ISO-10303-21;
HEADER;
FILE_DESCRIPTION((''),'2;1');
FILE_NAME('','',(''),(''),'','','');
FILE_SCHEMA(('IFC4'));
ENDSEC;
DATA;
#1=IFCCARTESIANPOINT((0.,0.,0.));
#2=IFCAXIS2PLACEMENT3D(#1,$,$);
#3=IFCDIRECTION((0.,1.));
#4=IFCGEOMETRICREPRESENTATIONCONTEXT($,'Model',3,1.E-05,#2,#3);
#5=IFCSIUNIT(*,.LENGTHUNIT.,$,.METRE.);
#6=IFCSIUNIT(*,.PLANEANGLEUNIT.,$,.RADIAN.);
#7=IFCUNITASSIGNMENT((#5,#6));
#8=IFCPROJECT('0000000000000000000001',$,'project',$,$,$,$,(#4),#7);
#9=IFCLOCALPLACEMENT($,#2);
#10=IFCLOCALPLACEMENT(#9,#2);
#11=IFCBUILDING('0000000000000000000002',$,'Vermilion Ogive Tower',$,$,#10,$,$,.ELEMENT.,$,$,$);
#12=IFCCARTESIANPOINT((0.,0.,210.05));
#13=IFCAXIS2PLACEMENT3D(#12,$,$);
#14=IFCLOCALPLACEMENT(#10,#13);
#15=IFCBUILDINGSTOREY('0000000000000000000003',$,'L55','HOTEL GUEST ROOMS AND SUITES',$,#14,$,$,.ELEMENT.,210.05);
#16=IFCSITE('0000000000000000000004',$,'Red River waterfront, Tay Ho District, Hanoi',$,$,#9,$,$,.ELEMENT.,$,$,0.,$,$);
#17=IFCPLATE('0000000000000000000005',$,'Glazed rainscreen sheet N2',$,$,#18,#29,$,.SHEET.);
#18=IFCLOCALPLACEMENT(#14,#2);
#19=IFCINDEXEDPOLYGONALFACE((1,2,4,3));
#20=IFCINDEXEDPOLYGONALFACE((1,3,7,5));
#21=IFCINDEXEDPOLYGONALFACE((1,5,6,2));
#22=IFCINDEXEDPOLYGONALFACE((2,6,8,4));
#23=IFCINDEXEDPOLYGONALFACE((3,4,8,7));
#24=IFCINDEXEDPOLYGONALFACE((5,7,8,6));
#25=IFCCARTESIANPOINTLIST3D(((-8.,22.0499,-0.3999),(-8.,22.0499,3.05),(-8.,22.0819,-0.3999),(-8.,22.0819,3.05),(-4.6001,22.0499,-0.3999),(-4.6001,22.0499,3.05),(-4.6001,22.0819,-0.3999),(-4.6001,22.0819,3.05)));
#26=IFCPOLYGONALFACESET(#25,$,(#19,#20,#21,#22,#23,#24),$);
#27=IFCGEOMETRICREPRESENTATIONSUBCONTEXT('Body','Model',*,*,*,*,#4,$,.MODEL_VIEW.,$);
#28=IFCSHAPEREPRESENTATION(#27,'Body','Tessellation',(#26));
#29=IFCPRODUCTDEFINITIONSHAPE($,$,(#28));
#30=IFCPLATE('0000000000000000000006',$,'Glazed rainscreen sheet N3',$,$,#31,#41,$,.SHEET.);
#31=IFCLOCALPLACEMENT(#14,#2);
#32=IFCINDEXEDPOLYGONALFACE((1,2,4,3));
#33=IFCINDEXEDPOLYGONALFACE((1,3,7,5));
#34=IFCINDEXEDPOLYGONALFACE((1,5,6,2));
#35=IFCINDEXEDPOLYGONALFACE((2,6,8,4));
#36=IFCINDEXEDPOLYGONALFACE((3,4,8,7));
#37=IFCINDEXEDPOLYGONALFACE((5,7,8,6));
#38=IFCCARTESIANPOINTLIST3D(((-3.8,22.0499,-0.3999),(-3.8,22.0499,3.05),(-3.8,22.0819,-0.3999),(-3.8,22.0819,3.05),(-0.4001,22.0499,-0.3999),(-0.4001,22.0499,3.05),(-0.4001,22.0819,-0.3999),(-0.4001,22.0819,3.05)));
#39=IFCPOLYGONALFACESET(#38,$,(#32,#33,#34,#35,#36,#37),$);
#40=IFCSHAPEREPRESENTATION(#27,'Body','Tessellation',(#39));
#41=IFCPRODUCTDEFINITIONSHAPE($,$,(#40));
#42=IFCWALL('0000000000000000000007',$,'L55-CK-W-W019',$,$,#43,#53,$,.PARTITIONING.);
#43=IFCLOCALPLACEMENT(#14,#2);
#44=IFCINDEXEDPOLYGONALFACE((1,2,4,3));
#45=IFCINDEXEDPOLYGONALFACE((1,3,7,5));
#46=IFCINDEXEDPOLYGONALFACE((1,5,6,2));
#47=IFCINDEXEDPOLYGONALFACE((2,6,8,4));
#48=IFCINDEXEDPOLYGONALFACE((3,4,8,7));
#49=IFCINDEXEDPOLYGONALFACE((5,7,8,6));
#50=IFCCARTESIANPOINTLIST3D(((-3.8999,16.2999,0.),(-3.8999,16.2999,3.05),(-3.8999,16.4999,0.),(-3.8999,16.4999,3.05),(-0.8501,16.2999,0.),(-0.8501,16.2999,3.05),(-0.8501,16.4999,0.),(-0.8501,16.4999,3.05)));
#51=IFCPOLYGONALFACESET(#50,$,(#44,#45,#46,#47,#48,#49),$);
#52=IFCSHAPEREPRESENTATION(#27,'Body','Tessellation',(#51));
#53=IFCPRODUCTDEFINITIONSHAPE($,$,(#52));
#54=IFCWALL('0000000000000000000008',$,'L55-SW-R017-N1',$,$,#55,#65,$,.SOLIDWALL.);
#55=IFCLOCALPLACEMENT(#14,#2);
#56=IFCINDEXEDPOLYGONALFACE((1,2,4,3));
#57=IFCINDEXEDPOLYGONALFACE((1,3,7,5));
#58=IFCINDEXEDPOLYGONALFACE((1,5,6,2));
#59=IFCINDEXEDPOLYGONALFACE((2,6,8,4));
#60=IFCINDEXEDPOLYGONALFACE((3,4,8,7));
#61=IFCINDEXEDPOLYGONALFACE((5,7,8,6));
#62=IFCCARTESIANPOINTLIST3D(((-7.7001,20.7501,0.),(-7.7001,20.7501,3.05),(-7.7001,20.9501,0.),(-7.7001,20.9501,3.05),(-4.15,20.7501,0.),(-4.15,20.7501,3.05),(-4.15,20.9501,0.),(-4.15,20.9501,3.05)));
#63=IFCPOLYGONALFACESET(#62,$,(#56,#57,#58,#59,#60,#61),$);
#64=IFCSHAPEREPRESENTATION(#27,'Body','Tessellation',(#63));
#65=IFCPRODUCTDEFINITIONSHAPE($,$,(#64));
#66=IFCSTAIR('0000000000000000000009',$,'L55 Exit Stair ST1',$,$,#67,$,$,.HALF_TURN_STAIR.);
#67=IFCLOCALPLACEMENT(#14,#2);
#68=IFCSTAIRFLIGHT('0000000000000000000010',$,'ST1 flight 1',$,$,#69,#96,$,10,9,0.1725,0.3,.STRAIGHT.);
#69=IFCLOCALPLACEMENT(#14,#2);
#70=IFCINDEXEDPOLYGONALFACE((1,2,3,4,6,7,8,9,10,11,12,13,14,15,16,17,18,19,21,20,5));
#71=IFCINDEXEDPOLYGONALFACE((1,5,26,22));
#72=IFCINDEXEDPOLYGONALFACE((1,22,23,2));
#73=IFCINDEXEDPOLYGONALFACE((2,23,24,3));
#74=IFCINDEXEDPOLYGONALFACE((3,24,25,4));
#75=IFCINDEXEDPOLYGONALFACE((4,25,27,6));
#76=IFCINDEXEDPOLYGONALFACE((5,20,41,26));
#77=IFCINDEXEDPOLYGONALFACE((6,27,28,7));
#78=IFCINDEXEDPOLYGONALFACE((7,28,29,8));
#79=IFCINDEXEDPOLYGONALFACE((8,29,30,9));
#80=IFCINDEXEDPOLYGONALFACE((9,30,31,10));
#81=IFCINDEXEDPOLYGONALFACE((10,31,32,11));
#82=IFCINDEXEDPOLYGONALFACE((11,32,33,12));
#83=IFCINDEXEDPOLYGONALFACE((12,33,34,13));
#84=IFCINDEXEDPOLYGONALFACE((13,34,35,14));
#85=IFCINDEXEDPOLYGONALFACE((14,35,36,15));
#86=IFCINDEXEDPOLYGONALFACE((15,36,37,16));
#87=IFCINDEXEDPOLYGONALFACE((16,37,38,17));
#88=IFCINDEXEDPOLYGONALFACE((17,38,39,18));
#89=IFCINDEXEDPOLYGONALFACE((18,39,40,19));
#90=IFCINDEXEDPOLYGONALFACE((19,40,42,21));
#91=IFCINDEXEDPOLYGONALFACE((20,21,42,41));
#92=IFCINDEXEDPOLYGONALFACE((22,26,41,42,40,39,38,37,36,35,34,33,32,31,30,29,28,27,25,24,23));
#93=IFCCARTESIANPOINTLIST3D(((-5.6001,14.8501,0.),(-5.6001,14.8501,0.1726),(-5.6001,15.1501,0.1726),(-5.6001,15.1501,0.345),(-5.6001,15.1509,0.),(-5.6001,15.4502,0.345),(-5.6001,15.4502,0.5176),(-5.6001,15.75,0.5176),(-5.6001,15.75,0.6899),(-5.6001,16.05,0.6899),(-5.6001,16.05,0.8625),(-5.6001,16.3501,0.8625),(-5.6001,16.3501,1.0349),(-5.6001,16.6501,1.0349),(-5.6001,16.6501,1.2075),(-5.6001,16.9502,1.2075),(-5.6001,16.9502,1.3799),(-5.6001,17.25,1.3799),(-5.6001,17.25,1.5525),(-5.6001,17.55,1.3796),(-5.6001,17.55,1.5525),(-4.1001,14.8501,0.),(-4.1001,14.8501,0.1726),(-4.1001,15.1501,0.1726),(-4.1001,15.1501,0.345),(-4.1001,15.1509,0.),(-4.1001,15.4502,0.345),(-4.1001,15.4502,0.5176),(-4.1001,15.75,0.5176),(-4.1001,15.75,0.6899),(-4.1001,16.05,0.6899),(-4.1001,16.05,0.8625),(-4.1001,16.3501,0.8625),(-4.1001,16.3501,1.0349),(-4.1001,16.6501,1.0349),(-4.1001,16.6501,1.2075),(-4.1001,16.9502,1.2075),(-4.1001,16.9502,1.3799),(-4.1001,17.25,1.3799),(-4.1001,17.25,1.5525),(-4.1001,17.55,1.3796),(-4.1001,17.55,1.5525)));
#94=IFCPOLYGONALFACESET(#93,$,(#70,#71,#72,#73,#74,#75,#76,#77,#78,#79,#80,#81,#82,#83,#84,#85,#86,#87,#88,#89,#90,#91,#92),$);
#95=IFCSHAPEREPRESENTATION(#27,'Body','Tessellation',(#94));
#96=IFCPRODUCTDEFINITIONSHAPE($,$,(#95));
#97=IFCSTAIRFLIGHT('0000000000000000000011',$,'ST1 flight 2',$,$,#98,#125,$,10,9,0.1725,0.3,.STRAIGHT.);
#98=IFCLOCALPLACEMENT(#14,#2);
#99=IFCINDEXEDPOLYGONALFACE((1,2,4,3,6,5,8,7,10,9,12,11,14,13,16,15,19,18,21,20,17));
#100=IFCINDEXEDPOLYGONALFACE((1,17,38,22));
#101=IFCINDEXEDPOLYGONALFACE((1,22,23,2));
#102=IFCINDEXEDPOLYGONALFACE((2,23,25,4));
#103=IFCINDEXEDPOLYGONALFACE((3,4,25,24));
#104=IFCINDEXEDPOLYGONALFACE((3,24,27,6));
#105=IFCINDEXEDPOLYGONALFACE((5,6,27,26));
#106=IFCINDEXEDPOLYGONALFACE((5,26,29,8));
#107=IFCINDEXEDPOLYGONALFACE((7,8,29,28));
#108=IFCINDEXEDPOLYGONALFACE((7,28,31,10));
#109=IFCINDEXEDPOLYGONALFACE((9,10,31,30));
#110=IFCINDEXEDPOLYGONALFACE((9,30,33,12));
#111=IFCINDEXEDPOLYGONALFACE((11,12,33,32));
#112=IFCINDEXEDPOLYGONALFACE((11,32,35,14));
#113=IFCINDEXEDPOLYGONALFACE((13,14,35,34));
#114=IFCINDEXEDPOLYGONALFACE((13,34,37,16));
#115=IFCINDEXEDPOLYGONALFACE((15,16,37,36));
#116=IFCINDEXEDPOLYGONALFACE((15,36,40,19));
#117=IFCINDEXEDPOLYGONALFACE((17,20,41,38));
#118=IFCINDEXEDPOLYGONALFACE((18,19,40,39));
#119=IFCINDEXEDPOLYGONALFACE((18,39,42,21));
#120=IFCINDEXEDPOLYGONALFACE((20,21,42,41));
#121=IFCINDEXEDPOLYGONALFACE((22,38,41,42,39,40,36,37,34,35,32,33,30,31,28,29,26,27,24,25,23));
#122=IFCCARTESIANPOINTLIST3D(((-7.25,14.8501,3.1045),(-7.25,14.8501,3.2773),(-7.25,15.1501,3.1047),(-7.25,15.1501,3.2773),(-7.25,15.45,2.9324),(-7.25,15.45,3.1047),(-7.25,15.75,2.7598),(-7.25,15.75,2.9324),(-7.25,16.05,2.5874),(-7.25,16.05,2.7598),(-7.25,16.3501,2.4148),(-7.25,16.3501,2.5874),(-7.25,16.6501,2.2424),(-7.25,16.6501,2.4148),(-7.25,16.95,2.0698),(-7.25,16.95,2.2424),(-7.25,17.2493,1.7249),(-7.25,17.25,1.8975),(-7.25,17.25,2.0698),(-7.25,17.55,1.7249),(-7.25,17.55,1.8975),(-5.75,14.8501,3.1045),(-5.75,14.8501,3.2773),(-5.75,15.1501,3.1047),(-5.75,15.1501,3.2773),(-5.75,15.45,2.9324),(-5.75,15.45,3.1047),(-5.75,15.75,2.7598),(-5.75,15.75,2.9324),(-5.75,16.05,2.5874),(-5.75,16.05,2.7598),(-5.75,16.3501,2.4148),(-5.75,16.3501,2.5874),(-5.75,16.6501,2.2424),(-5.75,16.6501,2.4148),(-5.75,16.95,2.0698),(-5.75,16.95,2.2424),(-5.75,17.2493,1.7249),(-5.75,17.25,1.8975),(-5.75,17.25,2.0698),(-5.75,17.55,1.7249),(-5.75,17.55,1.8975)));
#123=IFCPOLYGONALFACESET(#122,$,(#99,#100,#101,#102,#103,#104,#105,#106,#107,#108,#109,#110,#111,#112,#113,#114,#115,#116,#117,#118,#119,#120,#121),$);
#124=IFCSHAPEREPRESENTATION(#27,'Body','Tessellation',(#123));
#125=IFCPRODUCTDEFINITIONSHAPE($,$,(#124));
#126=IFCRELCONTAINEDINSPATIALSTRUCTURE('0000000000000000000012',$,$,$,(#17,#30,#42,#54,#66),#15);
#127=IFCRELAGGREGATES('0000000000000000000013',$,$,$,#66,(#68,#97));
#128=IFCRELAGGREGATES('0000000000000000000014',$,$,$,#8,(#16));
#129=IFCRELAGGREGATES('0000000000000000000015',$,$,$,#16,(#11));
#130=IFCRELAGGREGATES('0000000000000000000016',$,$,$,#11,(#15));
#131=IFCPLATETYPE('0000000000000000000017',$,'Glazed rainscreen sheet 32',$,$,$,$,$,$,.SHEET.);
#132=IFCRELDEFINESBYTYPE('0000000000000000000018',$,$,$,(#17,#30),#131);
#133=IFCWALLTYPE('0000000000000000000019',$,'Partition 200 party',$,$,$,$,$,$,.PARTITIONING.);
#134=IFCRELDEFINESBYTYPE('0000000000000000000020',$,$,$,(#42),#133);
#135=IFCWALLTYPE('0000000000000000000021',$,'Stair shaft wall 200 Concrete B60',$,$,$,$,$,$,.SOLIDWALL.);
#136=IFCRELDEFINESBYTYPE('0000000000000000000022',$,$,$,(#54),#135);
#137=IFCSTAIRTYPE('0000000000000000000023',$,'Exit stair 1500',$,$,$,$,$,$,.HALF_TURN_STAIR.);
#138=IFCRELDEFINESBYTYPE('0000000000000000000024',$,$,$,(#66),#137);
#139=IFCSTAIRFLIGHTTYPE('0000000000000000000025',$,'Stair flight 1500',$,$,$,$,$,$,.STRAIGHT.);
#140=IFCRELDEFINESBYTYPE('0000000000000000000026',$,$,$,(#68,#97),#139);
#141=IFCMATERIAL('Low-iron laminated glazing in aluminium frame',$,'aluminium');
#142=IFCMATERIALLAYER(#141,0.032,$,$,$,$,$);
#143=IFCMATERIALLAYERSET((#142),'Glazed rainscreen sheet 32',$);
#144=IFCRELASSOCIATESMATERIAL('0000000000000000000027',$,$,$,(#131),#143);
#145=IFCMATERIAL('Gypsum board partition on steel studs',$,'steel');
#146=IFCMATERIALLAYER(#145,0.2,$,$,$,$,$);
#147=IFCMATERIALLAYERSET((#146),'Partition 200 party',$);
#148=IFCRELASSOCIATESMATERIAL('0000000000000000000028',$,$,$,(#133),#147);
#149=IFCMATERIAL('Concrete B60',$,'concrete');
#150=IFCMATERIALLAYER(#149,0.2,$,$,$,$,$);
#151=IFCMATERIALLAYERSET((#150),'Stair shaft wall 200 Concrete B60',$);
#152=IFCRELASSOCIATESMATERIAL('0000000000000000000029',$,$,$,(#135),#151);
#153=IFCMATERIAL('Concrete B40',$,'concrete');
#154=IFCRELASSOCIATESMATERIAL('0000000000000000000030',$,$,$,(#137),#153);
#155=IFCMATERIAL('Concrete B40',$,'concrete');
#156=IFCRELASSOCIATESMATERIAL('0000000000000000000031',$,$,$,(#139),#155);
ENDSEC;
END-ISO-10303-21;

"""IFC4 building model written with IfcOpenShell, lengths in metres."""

from ifc_helpers import new_model, si_unit, direction, frame, frame_2d, origin, origin_2d, place, context, subcontext, project, spatial, polyline, rectangle, outline, extrude, material, layer, layer_set, type_object, element, aggregate, save


model = new_model("IFC4")

# Units and contexts
model_context = context("Model", 3, precision=1e-05, world=origin(), true_north=direction((0.0, 1.0)))
body_context = subcontext(model_context, "Body", "Model", "MODEL_VIEW")
ifc_project = project(units=[si_unit("LENGTHUNIT", "METRE"), si_unit("PLANEANGLEUNIT", "RADIAN")], contexts=[model_context])

# Site, building, storey
site_placement = place(None, origin())
site = spatial("IfcSite", under=ifc_project, at=site_placement, Name="Red River waterfront, Tay Ho District, Hanoi", CompositionType="ELEMENT", RefElevation=0.0)
building_placement = place(site_placement, origin())
building = spatial("IfcBuilding", under=site, at=building_placement, Name="Vermilion Ogive Tower", CompositionType="ELEMENT")
storey_placement = place(building_placement, frame((0.0, 0.0, 210.05)))
storey = spatial("IfcBuildingStorey", under=building, at=storey_placement, Name="L55", Description="HOTEL GUEST ROOMS AND SUITES", CompositionType="ELEMENT", Elevation=210.05)

# Plates
ifc_material_1 = material(Name="Low-iron laminated glazing in aluminium frame", Category="aluminium")
ifc_layer_1 = layer(ifc_material_1, 0.032)
ifc_layer_set_1 = layer_set([ifc_layer_1], Name="Glazed rainscreen sheet 32")
plate_type = type_object("IfcPlateType", Name="Glazed rainscreen sheet 32", PredefinedType="SHEET", material=ifc_layer_set_1)
for number, where, z_axis, x_axis, name in (
    (1, (-6.3, 22.0659, -0.3999), (0.0, 0.0, 1.0), (1.0, 0.0, 0.0), "Glazed rainscreen sheet N2"),
    (2, (-2.1001, 22.0659, -0.3999), (0.0, 0.0, 1.0), (1.0, 0.0, 0.0), "Glazed rainscreen sheet N3"),
):
    element("IfcPlate", number, at=place(storey_placement, frame(where, z_axis=z_axis, x_axis=x_axis)), inside=storey, type_object=plate_type, Name=name, PredefinedType="SHEET", context=body_context, shape_type="SweptSolid", body=[
        extrude(rectangle(XDim=3.3999, YDim=0.032, at=origin_2d()), origin(), (0.0, 0.0, 1.0), 3.45),
    ])

# Walls
ifc_material_2 = material(Name="Gypsum board partition on steel studs", Category="steel")
ifc_layer_2 = layer(ifc_material_2, 0.2)
ifc_layer_set_2 = layer_set([ifc_layer_2], Name="Partition 200 party")
wall_type_1 = type_object("IfcWallType", Name="Partition 200 party", PredefinedType="PARTITIONING", material=ifc_layer_set_2)
wall_1_placement = place(storey_placement, frame((-3.8999, 16.3999, 0.0), z_axis=(0.0, 0.0, 1.0), x_axis=(1.0, 0.0, 0.0)))
element("IfcWall", 3, at=wall_1_placement, inside=storey, type_object=wall_type_1, Name="L55-CK-W-W019", PredefinedType="PARTITIONING", context=body_context, shape_type="SweptSolid", body=[
    extrude(rectangle(XDim=3.0498, YDim=0.2, at=frame_2d((1.5249, 0.0))), origin(), (0.0, 0.0, 1.0), 3.05),
])
ifc_material_3 = material(Name="Concrete B60", Category="concrete")
ifc_layer_3 = layer(ifc_material_3, 0.2)
ifc_layer_set_3 = layer_set([ifc_layer_3], Name="Stair shaft wall 200 Concrete B60")
wall_type_2 = type_object("IfcWallType", Name="Stair shaft wall 200 Concrete B60", PredefinedType="SOLIDWALL", material=ifc_layer_set_3)
wall_2_placement = place(storey_placement, frame((-7.7, 20.8501, 0.0), z_axis=(0.0, 0.0, 1.0), x_axis=(1.0, 0.0, 0.0)))
element("IfcWall", 4, at=wall_2_placement, inside=storey, type_object=wall_type_2, Name="L55-SW-R017-N1", PredefinedType="SOLIDWALL", context=body_context, shape_type="SweptSolid", body=[
    extrude(rectangle(XDim=3.55, YDim=0.2, at=frame_2d((1.7749, 0.0))), origin(), (0.0, 0.0, 1.0), 3.05),
])

# Stair, stair flights
ifc_material_4 = material(Name="Concrete B40", Category="concrete")
stair_type = type_object("IfcStairType", Name="Exit stair 1500", PredefinedType="HALF_TURN_STAIR", material=ifc_material_4)
stair_placement = place(storey_placement, origin())
stair = element("IfcStair", 5, at=stair_placement, inside=storey, type_object=stair_type, Name="L55 Exit Stair ST1", PredefinedType="HALF_TURN_STAIR")
ifc_material_5 = material(Name="Concrete B40", Category="concrete")
stair_flight_type = type_object("IfcStairFlightType", Name="Stair flight 1500", PredefinedType="STRAIGHT", material=ifc_material_5)
stair_flight_1_placement = place(storey_placement, frame((-4.8501, 14.8501, 0.0), z_axis=(0.0, 0.0, 1.0), x_axis=(0.0, 1.0, 0.0)))
stair_flight_1 = element("IfcStairFlight", 6, at=stair_flight_1_placement, type_object=stair_flight_type, Name="ST1 flight 1", NumberOfRisers=10, NumberOfTreads=9, PredefinedType="STRAIGHT", RiserHeight=0.1725, TreadLength=0.3, context=body_context, shape_type="SweptSolid", body=[
    extrude(outline(polyline([(0.0, 0.0), (0.0, 0.1726), (0.3, 0.1726), (0.3, 0.345), (0.6001, 0.345), (0.6001, 0.5176), (0.8999, 0.5176), (0.8999, 0.6899), (1.2, 0.6899), (1.2, 0.8625), (1.5, 0.8625), (1.5, 1.0349), (1.8, 1.0349), (1.8, 1.2075), (2.1001, 1.2075), (2.1001, 1.3799), (2.3999, 1.3799), (2.3999, 1.5525), (2.7, 1.5525), (2.7, 1.7251), (2.7, 1.3796), (0.3008, 0.0), (0.0, 0.0)])), frame((0.0, 0.75, 0.0), z_axis=(0.0, -1.0, 0.0), x_axis=(1.0, 0.0, 0.0)), (0.0, 0.0, 1.0), 1.5),
])
stair_flight_2_placement = place(storey_placement, frame((-6.5, 17.55, 1.7249), z_axis=(0.0, 0.0, 1.0), x_axis=(0.0, -1.0, 0.0)))
stair_flight_2 = element("IfcStairFlight", 7, at=stair_flight_2_placement, type_object=stair_flight_type, Name="ST1 flight 2", NumberOfRisers=10, NumberOfTreads=9, PredefinedType="STRAIGHT", RiserHeight=0.1725, TreadLength=0.3, context=body_context, shape_type="SweptSolid", body=[
    extrude(outline(polyline([(0.0, 0.0), (0.0, 0.1726), (0.3, 0.1726), (0.3, 0.345), (0.6001, 0.345), (0.6001, 0.5176), (0.8999, 0.5176), (0.8999, 0.6899), (1.2, 0.6899), (1.2, 0.8625), (1.5, 0.8625), (1.5, 1.0349), (1.8, 1.0349), (1.8, 1.2075), (2.1001, 1.2075), (2.1001, 1.3799), (2.3999, 1.3799), (2.3999, 1.5525), (2.7, 1.5525), (2.7, 1.7251), (2.7, 1.3796), (0.3008, 0.0), (0.0, 0.0)])), frame((0.0, 0.75, 0.0), z_axis=(0.0, -1.0, 0.0), x_axis=(1.0, 0.0, 0.0)), (0.0, 0.0, 1.0), 1.5),
])
aggregate(stair, [stair_flight_1, stair_flight_2])

save(model, "model.ifc")
